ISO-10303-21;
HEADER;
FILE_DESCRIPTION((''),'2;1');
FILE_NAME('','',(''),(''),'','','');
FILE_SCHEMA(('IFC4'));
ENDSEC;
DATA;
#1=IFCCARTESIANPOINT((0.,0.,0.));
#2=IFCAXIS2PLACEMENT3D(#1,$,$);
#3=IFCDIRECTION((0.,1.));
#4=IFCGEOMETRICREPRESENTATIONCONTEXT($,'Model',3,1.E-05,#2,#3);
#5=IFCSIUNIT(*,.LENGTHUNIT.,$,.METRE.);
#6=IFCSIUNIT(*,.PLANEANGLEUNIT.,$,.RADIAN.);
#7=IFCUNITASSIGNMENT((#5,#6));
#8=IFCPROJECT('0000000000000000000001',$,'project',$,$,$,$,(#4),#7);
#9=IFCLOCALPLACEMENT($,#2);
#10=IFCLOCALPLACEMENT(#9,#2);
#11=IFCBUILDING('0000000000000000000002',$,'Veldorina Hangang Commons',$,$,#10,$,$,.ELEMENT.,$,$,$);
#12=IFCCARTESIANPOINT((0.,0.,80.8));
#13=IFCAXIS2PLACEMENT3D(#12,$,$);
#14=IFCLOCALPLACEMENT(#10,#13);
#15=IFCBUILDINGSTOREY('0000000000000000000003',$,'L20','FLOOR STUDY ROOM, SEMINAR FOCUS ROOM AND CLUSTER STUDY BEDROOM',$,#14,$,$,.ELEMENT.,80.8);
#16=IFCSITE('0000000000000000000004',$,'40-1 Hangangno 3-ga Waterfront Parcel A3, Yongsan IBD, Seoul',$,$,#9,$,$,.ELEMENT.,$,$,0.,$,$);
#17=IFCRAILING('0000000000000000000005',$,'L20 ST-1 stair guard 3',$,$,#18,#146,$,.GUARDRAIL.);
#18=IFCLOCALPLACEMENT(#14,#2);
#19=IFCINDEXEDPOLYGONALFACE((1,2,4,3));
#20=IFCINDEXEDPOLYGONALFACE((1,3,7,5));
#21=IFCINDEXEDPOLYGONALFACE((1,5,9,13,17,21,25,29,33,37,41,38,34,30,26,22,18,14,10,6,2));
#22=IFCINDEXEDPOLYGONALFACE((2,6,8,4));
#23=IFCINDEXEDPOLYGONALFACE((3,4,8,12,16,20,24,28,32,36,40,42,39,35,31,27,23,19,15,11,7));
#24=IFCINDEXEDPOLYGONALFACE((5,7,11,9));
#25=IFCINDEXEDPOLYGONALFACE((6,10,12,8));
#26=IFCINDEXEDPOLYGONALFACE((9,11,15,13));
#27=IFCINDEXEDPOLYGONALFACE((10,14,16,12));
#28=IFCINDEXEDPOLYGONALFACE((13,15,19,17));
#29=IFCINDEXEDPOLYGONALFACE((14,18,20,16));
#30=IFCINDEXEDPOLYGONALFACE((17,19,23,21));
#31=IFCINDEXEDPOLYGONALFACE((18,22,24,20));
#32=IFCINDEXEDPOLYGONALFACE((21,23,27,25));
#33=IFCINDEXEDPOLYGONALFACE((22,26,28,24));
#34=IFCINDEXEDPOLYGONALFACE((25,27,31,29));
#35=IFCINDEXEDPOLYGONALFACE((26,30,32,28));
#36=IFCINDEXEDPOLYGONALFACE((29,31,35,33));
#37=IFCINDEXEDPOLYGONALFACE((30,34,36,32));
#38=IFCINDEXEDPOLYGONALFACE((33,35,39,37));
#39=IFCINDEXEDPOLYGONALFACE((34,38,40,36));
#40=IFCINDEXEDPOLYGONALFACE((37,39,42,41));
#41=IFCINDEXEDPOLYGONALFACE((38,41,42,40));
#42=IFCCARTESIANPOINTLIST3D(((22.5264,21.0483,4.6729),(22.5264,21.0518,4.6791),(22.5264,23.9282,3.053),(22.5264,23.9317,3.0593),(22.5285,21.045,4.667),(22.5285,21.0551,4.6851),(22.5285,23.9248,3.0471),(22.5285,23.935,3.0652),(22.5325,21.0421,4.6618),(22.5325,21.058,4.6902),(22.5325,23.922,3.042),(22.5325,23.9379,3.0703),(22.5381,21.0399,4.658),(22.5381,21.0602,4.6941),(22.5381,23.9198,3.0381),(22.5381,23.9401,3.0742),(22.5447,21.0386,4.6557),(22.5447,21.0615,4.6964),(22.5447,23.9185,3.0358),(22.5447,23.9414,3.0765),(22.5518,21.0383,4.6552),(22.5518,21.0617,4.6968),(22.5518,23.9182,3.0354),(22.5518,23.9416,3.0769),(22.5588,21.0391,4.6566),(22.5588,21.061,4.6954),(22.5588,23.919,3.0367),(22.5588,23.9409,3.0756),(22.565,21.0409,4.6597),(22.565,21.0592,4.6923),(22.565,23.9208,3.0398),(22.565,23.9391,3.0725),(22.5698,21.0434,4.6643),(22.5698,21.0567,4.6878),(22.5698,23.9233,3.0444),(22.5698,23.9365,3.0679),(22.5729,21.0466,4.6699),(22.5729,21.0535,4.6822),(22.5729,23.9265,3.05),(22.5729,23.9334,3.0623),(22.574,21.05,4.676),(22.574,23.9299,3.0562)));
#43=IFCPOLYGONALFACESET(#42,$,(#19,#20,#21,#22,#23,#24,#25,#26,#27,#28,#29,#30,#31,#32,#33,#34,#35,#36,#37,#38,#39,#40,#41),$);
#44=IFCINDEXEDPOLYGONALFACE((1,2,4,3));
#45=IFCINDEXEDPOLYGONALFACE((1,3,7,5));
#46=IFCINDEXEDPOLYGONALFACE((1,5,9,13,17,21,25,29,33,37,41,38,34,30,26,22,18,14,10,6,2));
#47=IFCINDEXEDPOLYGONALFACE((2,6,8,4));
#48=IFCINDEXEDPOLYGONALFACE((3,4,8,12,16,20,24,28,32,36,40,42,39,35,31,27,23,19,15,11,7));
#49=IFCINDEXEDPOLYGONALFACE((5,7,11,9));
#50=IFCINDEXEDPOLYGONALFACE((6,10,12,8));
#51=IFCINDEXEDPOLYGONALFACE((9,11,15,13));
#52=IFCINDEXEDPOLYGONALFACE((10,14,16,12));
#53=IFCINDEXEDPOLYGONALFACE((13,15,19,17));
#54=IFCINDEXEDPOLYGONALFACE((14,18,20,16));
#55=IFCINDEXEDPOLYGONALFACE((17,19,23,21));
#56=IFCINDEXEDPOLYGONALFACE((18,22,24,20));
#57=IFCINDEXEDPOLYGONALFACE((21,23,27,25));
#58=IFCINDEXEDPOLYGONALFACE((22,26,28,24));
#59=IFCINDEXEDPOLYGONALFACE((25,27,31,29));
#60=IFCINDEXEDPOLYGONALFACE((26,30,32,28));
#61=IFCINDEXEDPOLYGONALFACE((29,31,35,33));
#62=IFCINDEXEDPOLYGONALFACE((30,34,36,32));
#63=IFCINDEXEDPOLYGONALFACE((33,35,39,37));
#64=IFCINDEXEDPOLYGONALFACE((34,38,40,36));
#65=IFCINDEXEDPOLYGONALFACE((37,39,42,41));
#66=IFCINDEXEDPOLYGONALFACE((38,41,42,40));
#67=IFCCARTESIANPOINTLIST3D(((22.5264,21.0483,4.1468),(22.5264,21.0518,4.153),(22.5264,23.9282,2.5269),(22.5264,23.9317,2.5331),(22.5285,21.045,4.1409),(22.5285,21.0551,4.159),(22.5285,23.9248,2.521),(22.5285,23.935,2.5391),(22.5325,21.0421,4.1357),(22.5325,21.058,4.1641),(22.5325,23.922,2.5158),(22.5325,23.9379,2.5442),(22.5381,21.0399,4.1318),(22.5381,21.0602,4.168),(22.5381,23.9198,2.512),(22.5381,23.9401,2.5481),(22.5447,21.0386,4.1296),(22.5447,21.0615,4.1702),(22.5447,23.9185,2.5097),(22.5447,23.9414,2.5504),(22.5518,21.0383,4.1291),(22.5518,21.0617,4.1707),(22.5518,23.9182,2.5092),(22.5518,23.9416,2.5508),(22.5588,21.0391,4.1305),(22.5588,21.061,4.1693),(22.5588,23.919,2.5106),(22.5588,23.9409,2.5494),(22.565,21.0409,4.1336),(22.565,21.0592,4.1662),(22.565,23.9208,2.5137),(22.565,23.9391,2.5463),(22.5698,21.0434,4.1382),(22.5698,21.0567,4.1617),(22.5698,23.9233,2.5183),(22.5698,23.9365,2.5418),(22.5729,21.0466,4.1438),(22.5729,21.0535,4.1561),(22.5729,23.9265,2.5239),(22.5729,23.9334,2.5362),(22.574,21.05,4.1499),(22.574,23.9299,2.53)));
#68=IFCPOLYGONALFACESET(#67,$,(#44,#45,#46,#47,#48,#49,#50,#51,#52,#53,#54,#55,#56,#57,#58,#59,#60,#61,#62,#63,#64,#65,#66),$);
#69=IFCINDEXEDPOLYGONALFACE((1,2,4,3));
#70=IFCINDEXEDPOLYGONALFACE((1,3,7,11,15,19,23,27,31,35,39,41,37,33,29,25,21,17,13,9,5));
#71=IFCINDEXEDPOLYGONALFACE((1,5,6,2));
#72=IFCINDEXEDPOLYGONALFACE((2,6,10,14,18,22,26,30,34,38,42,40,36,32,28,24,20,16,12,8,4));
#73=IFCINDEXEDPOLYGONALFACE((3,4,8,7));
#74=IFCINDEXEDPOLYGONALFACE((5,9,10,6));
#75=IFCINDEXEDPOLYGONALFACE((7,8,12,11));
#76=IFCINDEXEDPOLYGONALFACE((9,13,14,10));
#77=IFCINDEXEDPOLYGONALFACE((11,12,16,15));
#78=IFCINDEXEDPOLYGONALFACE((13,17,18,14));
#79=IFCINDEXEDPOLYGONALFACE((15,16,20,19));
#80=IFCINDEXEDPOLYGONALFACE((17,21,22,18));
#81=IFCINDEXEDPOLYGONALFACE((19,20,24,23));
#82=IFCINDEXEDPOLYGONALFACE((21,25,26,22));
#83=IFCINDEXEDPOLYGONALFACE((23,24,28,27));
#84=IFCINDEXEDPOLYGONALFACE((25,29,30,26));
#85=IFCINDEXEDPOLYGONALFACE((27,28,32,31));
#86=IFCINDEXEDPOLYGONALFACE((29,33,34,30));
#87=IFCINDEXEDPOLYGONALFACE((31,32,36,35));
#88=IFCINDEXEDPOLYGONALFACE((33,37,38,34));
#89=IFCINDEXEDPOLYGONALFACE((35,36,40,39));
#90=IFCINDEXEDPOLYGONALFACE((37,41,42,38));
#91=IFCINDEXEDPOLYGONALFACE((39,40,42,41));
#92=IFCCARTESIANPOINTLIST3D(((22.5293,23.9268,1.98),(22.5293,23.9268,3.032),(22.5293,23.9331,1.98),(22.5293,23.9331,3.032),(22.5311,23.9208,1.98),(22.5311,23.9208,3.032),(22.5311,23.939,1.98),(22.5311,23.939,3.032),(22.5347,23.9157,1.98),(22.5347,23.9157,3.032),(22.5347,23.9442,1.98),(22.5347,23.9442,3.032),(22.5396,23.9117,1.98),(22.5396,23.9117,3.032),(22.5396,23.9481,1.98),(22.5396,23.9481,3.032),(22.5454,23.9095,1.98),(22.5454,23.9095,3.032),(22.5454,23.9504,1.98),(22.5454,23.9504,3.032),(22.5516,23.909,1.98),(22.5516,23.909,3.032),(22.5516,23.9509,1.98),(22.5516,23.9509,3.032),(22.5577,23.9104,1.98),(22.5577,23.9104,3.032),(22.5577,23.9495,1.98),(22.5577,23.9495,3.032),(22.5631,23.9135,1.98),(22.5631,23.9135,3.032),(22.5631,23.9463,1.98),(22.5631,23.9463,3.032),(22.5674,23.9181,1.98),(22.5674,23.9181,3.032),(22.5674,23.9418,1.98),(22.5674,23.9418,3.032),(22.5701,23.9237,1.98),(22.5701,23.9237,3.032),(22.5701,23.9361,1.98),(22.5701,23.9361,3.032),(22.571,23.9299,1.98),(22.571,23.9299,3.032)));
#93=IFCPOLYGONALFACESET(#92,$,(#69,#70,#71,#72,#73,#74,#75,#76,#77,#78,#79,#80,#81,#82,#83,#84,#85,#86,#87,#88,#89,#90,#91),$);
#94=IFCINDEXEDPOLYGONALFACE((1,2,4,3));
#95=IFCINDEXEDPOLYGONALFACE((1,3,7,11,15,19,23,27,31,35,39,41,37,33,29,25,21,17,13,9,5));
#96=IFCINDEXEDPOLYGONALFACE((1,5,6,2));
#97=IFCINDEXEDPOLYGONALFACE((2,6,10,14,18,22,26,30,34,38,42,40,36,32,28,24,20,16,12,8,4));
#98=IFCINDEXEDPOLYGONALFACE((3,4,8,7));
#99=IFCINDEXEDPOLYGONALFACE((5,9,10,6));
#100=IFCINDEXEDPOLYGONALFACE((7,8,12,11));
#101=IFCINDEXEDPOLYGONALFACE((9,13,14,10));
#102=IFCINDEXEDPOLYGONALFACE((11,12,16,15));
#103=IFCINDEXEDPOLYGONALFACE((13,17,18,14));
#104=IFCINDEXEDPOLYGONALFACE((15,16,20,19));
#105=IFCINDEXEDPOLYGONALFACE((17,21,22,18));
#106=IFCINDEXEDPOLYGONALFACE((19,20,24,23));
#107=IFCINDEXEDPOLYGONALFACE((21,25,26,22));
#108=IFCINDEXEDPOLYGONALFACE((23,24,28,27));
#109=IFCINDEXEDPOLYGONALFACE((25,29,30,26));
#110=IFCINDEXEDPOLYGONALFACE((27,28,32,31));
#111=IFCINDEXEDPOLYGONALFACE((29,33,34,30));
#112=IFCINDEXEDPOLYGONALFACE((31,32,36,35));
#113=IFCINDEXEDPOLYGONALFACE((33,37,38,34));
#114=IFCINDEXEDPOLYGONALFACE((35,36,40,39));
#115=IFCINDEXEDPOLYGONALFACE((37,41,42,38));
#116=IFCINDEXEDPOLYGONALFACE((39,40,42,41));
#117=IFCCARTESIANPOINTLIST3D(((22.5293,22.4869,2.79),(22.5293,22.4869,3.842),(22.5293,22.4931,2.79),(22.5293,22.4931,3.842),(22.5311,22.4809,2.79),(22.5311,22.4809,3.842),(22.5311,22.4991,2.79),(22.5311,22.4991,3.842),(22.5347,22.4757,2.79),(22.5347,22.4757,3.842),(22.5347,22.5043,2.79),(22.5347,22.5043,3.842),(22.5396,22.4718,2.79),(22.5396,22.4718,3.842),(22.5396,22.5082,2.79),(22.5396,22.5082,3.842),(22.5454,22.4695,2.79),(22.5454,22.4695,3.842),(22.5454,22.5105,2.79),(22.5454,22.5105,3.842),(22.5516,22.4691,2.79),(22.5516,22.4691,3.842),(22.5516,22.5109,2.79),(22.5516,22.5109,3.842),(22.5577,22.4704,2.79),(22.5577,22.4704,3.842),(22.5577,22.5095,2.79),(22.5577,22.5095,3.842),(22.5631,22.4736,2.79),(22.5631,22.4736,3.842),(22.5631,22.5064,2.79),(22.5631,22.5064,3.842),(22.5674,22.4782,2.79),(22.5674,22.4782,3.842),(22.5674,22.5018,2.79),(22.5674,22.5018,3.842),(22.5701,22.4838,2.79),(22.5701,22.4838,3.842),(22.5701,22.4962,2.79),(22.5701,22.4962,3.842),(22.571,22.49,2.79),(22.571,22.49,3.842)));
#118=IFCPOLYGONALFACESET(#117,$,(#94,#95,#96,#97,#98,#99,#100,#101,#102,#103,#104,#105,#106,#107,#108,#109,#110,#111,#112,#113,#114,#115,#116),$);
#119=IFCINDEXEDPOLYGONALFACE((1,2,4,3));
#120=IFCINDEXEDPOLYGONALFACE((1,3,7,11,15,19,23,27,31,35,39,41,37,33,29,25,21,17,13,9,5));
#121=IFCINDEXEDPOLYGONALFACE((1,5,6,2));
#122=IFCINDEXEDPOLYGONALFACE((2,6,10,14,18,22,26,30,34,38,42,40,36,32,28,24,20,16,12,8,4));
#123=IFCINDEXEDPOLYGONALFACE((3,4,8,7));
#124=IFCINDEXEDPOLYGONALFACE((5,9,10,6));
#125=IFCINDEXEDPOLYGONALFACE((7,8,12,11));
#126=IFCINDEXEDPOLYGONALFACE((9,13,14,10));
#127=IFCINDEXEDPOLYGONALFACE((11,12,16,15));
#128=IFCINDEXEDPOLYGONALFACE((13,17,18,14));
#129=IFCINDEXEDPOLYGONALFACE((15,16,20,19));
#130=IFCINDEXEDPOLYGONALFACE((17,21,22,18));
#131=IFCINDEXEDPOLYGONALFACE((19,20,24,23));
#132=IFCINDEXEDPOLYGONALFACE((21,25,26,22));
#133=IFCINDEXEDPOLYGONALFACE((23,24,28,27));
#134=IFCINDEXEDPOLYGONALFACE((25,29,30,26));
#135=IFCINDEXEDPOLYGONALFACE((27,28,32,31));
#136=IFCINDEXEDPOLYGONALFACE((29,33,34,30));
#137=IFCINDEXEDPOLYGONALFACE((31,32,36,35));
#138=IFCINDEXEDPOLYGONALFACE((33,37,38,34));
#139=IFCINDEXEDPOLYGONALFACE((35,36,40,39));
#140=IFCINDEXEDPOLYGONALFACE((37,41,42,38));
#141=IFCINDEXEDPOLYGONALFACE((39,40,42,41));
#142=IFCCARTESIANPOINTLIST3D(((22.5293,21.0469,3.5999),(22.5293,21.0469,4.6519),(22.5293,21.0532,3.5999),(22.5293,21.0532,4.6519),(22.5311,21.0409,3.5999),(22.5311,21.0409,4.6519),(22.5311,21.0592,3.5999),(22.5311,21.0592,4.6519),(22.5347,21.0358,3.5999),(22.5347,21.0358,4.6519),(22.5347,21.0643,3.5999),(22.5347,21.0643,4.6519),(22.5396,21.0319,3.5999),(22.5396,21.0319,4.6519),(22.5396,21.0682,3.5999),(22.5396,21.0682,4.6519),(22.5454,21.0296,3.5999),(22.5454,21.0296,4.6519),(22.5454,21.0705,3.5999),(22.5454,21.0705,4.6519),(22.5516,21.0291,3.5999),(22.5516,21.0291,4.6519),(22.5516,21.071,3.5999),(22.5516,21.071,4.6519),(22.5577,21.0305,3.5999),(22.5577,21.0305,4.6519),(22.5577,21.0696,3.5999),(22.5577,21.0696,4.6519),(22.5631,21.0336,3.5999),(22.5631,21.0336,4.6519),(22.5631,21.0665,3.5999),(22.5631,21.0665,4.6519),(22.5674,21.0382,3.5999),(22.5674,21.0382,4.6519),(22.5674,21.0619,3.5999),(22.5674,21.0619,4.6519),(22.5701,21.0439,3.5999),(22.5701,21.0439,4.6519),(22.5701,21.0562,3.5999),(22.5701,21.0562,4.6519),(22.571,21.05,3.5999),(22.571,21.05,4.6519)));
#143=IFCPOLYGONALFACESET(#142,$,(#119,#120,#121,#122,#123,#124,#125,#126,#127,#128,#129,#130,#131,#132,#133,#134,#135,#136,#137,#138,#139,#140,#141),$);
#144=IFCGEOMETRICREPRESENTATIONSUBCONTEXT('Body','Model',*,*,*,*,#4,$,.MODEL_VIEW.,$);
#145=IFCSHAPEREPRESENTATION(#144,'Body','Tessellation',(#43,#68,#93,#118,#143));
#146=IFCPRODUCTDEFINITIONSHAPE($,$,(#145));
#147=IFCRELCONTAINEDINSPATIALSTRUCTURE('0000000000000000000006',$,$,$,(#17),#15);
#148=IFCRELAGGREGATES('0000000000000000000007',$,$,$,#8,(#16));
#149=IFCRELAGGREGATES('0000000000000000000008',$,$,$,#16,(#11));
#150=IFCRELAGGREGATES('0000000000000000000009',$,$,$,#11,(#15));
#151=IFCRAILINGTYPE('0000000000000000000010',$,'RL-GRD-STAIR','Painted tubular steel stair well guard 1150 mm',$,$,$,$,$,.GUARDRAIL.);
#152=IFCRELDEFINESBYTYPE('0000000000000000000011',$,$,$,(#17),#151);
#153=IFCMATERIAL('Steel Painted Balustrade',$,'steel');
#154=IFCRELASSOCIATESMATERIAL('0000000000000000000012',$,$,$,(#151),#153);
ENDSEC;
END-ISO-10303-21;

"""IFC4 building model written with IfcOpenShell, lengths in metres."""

from ifc_helpers import new_model, si_unit, direction, frame, origin, origin_2d, place, context, subcontext, project, spatial, circle, extrude, material, type_object, element, save


model = new_model("IFC4")

# Units and contexts
model_context = context("Model", 3, precision=1e-05, world=origin(), true_north=direction((0.0, 1.0)))
body_context = subcontext(model_context, "Body", "Model", "MODEL_VIEW")
ifc_project = project(units=[si_unit("LENGTHUNIT", "METRE"), si_unit("PLANEANGLEUNIT", "RADIAN")], contexts=[model_context])

# Site, building, storey
site_placement = place(None, origin())
site = spatial("IfcSite", under=ifc_project, at=site_placement, Name="40-1 Hangangno 3-ga Waterfront Parcel A3, Yongsan IBD, Seoul", CompositionType="ELEMENT", RefElevation=0.0)
building_placement = place(site_placement, origin())
building = spatial("IfcBuilding", under=site, at=building_placement, Name="Veldorina Hangang Commons", CompositionType="ELEMENT")
storey_placement = place(building_placement, frame((0.0, 0.0, 80.8)))
storey = spatial("IfcBuildingStorey", under=building, at=storey_placement, Name="L20", Description="FLOOR STUDY ROOM, SEMINAR FOCUS ROOM AND CLUSTER STUDY BEDROOM", CompositionType="ELEMENT", Elevation=80.8)

# Railing
ifc_material_1 = material(Name="Steel Painted Balustrade", Category="steel")
railing_type_1 = type_object("IfcRailingType", Name="RL-GRD-STAIR", Description="Painted tubular steel stair well guard 1150 mm", PredefinedType="GUARDRAIL", material=ifc_material_1)
railing_1_placement = place(storey_placement, frame((22.55, 23.9299, 1.98)))
element("IfcRailing", 1, at=railing_1_placement, inside=storey, type_object=railing_type_1, Name="L20 ST-1 stair guard 3", PredefinedType="GUARDRAIL", context=body_context, shape_type="SweptSolid", body=[
    extrude(circle(Radius=0.0239, at=origin_2d()), frame((0.0, 0.0, 1.0762), z_axis=(0.0, -0.871583, 0.490247), x_axis=(1.0, 0.0, 0.0)), (0.0, 0.0, 1.0), 3.3042),
    extrude(circle(Radius=0.0239, at=origin_2d()), frame((0.0, 0.0, 0.55), z_axis=(0.0, -0.871583, 0.490247), x_axis=(1.0, 0.0, 0.0)), (0.0, 0.0, 1.0), 3.3042),
    extrude(circle(Radius=0.021, at=origin_2d()), origin(), (0.0, 0.0, 1.0), 1.052),
    extrude(circle(Radius=0.021, at=origin_2d()), frame((0.0, -1.4399, 0.8101)), (0.0, 0.0, 1.0), 1.052),
    extrude(circle(Radius=0.021, at=origin_2d()), frame((0.0, -2.8799, 1.6199)), (0.0, 0.0, 1.0), 1.052),
])

save(model, "model.ifc")
